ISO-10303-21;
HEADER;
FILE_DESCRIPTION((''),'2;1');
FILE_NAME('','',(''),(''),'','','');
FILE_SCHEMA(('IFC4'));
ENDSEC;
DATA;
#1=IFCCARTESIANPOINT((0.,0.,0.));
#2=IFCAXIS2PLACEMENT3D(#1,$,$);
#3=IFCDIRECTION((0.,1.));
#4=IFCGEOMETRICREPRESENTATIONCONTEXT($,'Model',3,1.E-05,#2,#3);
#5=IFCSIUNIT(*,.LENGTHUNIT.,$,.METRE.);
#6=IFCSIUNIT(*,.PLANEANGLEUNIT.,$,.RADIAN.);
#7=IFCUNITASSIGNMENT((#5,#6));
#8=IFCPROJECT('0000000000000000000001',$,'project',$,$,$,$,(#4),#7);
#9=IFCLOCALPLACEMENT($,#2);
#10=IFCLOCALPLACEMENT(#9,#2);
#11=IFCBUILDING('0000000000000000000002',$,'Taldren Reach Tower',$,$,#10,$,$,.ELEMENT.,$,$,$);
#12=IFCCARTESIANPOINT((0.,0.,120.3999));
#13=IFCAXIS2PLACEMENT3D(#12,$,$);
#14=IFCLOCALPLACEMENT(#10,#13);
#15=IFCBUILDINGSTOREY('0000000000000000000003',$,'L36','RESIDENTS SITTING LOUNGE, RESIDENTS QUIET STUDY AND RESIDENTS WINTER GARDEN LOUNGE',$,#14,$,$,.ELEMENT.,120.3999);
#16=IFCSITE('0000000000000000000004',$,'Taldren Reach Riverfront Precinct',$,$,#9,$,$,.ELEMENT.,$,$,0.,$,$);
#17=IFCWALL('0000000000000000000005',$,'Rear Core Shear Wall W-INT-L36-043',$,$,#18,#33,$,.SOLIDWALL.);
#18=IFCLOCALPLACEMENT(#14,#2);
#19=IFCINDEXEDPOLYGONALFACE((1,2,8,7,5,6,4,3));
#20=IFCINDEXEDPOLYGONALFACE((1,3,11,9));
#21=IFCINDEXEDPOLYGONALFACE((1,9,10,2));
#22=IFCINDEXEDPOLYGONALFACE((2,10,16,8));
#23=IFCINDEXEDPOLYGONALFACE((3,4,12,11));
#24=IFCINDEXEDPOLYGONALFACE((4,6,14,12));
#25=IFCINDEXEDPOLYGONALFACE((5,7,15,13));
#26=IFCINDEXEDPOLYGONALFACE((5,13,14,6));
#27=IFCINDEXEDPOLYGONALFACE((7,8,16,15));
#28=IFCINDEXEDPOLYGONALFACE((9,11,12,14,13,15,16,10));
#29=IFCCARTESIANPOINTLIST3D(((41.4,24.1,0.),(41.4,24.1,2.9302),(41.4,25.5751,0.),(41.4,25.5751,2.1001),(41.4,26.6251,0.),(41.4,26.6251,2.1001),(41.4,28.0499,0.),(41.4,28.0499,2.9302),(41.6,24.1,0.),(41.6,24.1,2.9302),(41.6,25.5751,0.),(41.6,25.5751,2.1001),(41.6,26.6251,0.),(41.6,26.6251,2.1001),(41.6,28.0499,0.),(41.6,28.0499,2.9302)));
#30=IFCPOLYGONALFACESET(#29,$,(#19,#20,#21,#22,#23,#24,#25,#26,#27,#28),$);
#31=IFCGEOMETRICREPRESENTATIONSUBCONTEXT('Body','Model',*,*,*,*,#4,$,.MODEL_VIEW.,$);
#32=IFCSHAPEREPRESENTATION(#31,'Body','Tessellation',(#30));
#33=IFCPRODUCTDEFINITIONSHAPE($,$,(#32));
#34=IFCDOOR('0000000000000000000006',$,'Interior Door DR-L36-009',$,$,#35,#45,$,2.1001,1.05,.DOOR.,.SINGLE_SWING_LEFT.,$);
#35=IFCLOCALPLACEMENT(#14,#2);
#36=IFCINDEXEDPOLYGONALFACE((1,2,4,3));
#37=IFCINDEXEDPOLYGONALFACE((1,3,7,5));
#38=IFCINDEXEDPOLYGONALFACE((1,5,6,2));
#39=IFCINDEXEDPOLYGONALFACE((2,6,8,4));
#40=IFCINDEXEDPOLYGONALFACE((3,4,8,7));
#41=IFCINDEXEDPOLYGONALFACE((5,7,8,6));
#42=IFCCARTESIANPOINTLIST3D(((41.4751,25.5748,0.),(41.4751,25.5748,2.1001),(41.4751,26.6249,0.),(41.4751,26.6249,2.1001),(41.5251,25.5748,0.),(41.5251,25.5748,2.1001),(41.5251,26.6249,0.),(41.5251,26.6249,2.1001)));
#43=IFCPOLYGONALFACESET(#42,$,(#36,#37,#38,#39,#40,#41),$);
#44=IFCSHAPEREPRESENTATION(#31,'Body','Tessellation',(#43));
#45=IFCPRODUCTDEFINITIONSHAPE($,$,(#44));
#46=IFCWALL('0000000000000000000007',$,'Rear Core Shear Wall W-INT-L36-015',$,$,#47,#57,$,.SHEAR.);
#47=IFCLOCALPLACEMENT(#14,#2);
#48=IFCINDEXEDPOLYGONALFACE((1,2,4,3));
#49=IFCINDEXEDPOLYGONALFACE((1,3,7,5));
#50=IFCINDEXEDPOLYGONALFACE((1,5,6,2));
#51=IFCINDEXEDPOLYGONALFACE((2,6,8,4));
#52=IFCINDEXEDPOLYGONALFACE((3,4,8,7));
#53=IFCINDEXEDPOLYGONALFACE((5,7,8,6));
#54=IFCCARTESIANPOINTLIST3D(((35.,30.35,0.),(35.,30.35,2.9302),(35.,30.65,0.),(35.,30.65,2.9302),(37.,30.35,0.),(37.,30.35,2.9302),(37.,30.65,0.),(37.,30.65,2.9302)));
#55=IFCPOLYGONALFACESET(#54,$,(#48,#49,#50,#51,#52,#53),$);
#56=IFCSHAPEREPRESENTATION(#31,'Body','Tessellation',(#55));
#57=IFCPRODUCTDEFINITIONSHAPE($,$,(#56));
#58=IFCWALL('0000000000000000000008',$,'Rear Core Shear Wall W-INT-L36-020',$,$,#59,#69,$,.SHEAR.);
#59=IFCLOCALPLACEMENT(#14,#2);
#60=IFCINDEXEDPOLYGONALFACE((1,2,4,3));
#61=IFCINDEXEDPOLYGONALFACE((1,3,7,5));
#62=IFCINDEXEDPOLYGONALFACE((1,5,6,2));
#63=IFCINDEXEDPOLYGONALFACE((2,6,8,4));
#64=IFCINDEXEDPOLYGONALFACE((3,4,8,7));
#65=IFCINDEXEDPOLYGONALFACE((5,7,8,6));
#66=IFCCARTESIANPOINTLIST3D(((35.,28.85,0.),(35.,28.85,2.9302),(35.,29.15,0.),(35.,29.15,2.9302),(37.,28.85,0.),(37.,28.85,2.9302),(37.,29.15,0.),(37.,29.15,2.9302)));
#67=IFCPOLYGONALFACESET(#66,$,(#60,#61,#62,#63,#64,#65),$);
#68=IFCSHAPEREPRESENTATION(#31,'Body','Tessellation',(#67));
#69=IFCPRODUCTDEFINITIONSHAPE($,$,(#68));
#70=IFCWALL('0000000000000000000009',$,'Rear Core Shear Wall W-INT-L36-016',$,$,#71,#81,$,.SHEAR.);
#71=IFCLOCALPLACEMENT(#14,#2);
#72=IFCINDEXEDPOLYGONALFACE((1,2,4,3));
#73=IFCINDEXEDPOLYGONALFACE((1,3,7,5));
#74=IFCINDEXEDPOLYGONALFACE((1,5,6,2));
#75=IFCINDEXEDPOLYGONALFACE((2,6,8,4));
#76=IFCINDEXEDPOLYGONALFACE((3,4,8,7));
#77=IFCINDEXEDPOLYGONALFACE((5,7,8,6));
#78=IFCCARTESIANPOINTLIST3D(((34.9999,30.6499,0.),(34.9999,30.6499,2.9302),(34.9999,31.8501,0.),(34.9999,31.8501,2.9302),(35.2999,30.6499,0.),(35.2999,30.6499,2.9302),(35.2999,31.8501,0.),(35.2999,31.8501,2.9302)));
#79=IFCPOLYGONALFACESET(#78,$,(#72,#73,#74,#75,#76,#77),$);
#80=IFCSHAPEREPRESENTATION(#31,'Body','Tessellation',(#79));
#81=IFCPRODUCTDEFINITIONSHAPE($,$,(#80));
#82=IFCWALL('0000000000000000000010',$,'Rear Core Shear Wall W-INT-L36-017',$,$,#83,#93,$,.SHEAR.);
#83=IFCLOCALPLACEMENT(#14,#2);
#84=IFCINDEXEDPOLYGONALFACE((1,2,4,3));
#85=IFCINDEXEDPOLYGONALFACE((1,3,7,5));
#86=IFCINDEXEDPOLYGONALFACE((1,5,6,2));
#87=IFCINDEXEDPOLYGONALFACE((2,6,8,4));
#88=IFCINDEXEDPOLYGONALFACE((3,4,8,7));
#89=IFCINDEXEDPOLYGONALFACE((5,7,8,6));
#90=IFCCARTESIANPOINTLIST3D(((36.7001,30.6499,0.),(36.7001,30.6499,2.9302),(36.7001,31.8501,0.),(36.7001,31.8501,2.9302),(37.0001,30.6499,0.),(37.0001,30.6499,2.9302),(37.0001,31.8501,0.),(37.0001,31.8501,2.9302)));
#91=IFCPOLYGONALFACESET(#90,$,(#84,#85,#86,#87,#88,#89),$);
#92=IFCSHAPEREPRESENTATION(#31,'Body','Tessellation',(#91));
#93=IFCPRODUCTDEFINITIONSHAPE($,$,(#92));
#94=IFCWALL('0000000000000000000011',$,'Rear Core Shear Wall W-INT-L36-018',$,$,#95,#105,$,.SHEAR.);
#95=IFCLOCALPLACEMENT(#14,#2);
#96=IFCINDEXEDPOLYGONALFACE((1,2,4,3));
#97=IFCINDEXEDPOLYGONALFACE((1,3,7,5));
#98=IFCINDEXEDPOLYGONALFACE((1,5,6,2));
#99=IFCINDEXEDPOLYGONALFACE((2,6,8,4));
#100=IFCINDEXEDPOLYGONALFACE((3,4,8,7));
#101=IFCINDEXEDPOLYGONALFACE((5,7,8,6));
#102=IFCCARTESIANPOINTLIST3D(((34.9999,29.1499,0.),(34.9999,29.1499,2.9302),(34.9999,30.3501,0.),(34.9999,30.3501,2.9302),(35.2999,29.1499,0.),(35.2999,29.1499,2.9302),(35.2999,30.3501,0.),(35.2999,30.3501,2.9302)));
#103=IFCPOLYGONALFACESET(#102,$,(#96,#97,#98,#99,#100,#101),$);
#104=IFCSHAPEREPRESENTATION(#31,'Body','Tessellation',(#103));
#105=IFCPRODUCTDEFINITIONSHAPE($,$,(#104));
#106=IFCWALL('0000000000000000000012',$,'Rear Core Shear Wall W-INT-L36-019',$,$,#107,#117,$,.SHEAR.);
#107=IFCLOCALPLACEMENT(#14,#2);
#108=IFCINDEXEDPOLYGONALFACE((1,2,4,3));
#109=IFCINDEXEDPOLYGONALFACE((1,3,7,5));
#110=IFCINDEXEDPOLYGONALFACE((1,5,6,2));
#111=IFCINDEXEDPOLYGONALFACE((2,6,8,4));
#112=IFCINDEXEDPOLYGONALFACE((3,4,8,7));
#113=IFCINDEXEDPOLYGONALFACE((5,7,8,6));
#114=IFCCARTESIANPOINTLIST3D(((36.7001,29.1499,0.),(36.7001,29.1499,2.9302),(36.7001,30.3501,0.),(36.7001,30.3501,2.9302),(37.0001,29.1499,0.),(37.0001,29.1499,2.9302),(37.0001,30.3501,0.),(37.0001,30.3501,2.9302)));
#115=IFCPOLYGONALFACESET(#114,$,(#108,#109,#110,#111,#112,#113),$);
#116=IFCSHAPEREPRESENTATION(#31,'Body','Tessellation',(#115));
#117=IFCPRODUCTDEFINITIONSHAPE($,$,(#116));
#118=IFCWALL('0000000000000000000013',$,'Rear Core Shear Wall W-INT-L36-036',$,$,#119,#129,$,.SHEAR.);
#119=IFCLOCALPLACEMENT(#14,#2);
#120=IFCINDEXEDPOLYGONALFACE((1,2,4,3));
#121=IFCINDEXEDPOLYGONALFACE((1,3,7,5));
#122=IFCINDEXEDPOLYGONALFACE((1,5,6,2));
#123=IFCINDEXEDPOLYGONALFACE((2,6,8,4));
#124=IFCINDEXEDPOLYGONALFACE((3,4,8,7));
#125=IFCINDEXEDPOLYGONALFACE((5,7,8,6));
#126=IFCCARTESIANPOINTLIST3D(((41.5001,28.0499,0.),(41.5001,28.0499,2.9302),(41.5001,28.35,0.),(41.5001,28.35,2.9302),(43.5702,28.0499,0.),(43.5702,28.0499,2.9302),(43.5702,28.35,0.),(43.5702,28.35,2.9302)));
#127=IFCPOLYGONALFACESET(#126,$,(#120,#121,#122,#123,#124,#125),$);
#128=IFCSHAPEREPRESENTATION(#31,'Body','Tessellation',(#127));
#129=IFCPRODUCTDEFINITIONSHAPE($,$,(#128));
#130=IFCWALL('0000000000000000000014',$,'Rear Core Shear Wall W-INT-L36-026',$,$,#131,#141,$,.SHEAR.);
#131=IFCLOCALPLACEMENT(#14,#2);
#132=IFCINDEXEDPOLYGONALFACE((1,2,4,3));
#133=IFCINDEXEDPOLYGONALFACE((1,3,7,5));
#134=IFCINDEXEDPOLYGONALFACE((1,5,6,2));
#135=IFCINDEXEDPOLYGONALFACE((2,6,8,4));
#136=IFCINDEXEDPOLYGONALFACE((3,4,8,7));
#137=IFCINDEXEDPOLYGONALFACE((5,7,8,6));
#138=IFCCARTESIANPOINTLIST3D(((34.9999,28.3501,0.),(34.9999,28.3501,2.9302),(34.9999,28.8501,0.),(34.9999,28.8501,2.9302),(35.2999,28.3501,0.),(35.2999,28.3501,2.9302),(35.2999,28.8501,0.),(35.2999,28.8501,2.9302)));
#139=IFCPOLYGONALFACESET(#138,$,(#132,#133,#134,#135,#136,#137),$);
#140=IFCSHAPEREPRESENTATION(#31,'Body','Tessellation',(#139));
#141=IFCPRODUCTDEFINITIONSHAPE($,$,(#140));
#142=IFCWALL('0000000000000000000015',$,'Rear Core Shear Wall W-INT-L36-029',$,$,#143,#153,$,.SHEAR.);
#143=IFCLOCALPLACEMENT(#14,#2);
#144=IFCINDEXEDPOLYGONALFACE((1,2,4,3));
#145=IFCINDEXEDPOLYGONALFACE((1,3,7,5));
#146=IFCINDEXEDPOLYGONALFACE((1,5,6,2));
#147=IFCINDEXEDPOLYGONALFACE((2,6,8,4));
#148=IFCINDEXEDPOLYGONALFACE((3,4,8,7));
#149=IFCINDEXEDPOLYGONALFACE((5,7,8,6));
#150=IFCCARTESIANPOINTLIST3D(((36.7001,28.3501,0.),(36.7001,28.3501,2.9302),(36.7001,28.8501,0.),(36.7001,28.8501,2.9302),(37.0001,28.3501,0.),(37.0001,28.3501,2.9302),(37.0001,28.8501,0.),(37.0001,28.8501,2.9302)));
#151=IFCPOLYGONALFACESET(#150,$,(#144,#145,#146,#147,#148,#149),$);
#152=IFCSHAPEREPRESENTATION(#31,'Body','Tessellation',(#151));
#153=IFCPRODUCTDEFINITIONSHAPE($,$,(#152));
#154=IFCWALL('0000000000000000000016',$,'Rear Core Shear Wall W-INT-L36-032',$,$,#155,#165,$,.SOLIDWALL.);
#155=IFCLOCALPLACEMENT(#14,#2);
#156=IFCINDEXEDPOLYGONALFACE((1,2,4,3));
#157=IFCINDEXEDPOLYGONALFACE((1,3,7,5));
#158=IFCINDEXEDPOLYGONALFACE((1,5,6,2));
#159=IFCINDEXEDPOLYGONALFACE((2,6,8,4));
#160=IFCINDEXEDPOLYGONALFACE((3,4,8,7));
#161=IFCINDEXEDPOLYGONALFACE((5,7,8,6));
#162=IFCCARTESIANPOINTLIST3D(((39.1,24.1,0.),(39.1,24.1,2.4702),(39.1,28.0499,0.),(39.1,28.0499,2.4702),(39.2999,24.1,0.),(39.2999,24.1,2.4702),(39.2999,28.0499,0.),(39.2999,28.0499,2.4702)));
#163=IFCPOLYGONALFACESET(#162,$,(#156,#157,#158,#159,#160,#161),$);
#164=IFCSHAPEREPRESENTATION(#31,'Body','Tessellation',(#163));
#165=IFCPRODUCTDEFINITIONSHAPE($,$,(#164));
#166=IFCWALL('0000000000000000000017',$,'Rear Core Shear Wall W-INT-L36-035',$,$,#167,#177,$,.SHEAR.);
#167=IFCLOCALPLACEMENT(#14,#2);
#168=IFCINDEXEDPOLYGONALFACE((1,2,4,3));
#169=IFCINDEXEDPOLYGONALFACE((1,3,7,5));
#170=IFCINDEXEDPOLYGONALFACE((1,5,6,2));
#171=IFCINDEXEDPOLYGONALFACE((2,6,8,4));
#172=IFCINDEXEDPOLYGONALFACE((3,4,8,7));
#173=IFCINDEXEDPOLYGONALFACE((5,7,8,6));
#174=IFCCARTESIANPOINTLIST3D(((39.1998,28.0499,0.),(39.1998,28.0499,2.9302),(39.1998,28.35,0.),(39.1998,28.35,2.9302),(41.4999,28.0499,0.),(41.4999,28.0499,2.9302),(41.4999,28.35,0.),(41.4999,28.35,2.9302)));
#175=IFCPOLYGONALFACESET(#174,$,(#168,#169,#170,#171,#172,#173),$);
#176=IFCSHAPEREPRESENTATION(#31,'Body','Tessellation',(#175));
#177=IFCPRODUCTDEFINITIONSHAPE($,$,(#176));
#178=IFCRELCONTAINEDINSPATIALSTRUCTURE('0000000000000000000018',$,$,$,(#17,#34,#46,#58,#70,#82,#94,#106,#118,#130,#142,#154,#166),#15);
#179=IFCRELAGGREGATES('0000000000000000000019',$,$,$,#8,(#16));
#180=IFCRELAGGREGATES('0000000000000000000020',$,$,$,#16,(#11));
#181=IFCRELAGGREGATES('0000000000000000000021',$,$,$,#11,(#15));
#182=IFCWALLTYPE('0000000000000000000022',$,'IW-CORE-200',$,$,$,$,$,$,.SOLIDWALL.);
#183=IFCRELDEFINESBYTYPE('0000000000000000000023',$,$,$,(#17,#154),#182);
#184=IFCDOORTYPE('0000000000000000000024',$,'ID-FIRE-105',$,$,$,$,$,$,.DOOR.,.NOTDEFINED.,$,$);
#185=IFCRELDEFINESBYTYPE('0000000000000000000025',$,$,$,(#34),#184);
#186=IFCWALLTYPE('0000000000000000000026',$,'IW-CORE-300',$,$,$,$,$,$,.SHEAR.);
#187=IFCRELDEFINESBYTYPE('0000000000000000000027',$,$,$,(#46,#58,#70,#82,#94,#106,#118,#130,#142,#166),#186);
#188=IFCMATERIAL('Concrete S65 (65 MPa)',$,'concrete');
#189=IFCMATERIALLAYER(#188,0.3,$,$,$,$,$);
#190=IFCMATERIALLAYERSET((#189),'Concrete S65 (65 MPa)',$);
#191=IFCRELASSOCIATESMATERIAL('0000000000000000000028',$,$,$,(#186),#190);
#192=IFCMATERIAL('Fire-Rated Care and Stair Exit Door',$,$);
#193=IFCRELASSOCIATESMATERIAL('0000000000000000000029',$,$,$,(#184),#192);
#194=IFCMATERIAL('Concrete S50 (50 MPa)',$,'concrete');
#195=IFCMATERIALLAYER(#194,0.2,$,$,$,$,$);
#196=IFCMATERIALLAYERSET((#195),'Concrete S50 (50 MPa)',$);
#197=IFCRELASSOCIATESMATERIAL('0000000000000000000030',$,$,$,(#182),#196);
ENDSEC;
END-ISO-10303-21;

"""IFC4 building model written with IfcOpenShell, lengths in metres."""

from ifc_helpers import new_model, si_unit, direction, frame, frame_2d, origin, place, context, subcontext, project, spatial, rectangle, extrude, source, transform, mapped, material, layer, layer_set, type_object, element, fill, save


model = new_model("IFC4")

# Units and contexts
model_context = context("Model", 3, precision=1e-05, world=origin(), true_north=direction((0.0, 1.0)))
body_context = subcontext(model_context, "Body", "Model", "MODEL_VIEW")
ifc_project = project(units=[si_unit("LENGTHUNIT", "METRE"), si_unit("PLANEANGLEUNIT", "RADIAN")], contexts=[model_context])

# Site, building, storey
site_placement = place(None, origin())
site = spatial("IfcSite", under=ifc_project, at=site_placement, Name="Taldren Reach Riverfront Precinct", CompositionType="ELEMENT", RefElevation=0.0)
building_placement = place(site_placement, origin())
building = spatial("IfcBuilding", under=site, at=building_placement, Name="Taldren Reach Tower", CompositionType="ELEMENT")
storey_placement = place(building_placement, frame((0.0, 0.0, 120.3999)))
storey = spatial("IfcBuildingStorey", under=building, at=storey_placement, Name="L36", Description="RESIDENTS SITTING LOUNGE, RESIDENTS QUIET STUDY AND RESIDENTS WINTER GARDEN LOUNGE", CompositionType="ELEMENT", Elevation=120.3999)

# Shared definitions
ifc_material_1 = material(Name="Concrete S65 (65 MPa)", Category="concrete")
ifc_layer_1 = layer(ifc_material_1, 0.3)
ifc_layer_set_1 = layer_set([ifc_layer_1], Name="Concrete S65 (65 MPa)")
wall_type_1 = type_object("IfcWallType", Name="IW-CORE-300", PredefinedType="SHEAR", material=ifc_layer_set_1)

# Shared definitions
ifc_material_2 = material(Name="Fire-Rated Care and Stair Exit Door")
door_type_1 = type_object("IfcDoorType", Name="ID-FIRE-105", OperationType="NOTDEFINED", PredefinedType="DOOR", material=ifc_material_2)
shared_shape_1 = source(origin(), body_context, "Body", "SweptSolid", [
    extrude(rectangle(XDim=1.05, YDim=2.1001, at=frame_2d((0.5249, 1.05))), frame((0.0, 0.0249, 0.0), z_axis=(0.0, -1.0, 0.0), x_axis=(1.0, 0.0, 0.0)), (0.0, 0.0, 1.0), 0.05),
])

# Shared definitions
ifc_material_3 = material(Name="Concrete S50 (50 MPa)", Category="concrete")
ifc_layer_2 = layer(ifc_material_3, 0.2)
ifc_layer_set_2 = layer_set([ifc_layer_2], Name="Concrete S50 (50 MPa)")
wall_type_2 = type_object("IfcWallType", Name="IW-CORE-200", PredefinedType="SOLIDWALL", material=ifc_layer_set_2)
shared_shape_2 = source(origin(), body_context, "Body", "SweptSolid", [
    extrude(rectangle(XDim=3.95, YDim=0.2, at=frame_2d((1.9751, 0.0))), origin(), (0.0, 0.0, 1.0), 2.9302),
])

# Wall, opening, door
wall_1_placement = place(storey_placement, frame((41.5, 28.05, 0.0), z_axis=(0.0, 0.0, 1.0), x_axis=(0.0, -1.0, 0.0)))
wall_1 = element("IfcWall", 1, at=wall_1_placement, inside=storey, type_object=wall_type_2, Name="Rear Core Shear Wall W-INT-L36-043", PredefinedType="SOLIDWALL", context=body_context, shape_type="MappedRepresentation", body=[
    mapped(shared_shape_2, transform((0.0, 0.0, 0.0), scale=1.0)),
])
shared_shape_3 = source(origin(), body_context, "Body", "SweptSolid", [
    extrude(rectangle(XDim=1.05, YDim=2.1001, at=frame_2d((0.5249, 1.05))), frame((0.0, 0.1099, 0.0), z_axis=(0.0, -1.0, 0.0), x_axis=(1.0, 0.0, 0.0)), (0.0, 0.0, 1.0), 0.22),
])
opening_1_placement = place(wall_1_placement, frame((1.425, 0.0, 0.0)))
opening_1 = element("IfcOpeningElement", 2, at=opening_1_placement, cuts=wall_1, PredefinedType="OPENING", context=body_context, shape_type="MappedRepresentation", body=[
    mapped(shared_shape_3, transform((0.0, 0.0, 0.0), scale=1.0)),
])
door_1_placement = place(opening_1_placement, frame((1.05, 0.0, 0.0), z_axis=(0.0, 0.0, 1.0), x_axis=(-1.0, 0.0, 0.0)))
door_1 = element("IfcDoor", 3, at=door_1_placement, inside=storey, type_object=door_type_1, Name="Interior Door DR-L36-009", OperationType="SINGLE_SWING_LEFT", OverallHeight=2.1001, OverallWidth=1.05, PredefinedType="DOOR", context=body_context, shape_type="MappedRepresentation", body=[
    mapped(shared_shape_1, transform((0.0, 0.0, 0.0), scale=1.0)),
])
fill(opening_1, door_1)

# Walls
shared_shape_4 = source(origin(), body_context, "Body", "SweptSolid", [
    extrude(rectangle(XDim=2.0, YDim=0.3, at=frame_2d((1.0, 0.0))), origin(), (0.0, 0.0, 1.0), 2.9302),
])
for number, where, z_axis, x_axis, name in (
    (4, (35.0, 30.5, 0.0), (0.0, 0.0, 1.0), (1.0, 0.0, 0.0), "Rear Core Shear Wall W-INT-L36-015"),
    (5, (35.0, 29.0, 0.0), (0.0, 0.0, 1.0), (1.0, 0.0, 0.0), "Rear Core Shear Wall W-INT-L36-020"),
):
    element("IfcWall", number, at=place(storey_placement, frame(where, z_axis=z_axis, x_axis=x_axis)), inside=storey, type_object=wall_type_1, Name=name, PredefinedType="SHEAR", context=body_context, shape_type="MappedRepresentation", body=[
        mapped(shared_shape_4, transform((0.0, 0.0, 0.0), scale=1.0)),
    ])
shared_shape_5 = source(origin(), body_context, "Body", "SweptSolid", [
    extrude(rectangle(XDim=1.2002, YDim=0.3, at=frame_2d((0.6001, 0.0))), origin(), (0.0, 0.0, 1.0), 2.9302),
])
for number, where, z_axis, x_axis, name in (
    (6, (35.1499, 31.8501, 0.0), (0.0, 0.0, 1.0), (0.0, -1.0, 0.0), "Rear Core Shear Wall W-INT-L36-016"),
    (7, (36.8501, 30.6499, 0.0), (0.0, 0.0, 1.0), (0.0, 1.0, 0.0), "Rear Core Shear Wall W-INT-L36-017"),
    (8, (35.1499, 30.3501, 0.0), (0.0, 0.0, 1.0), (0.0, -1.0, 0.0), "Rear Core Shear Wall W-INT-L36-018"),
    (9, (36.8501, 29.1499, 0.0), (0.0, 0.0, 1.0), (0.0, 1.0, 0.0), "Rear Core Shear Wall W-INT-L36-019"),
):
    element("IfcWall", number, at=place(storey_placement, frame(where, z_axis=z_axis, x_axis=x_axis)), inside=storey, type_object=wall_type_1, Name=name, PredefinedType="SHEAR", context=body_context, shape_type="MappedRepresentation", body=[
        mapped(shared_shape_5, transform((0.0, 0.0, 0.0), scale=1.0)),
    ])
shared_shape_6 = source(origin(), body_context, "Body", "SweptSolid", [
    extrude(rectangle(XDim=2.0701, YDim=0.3, at=frame_2d((1.0352, 0.0))), origin(), (0.0, 0.0, 1.0), 2.9302),
])
wall_2_placement = place(storey_placement, frame((41.5, 28.2, 0.0), z_axis=(0.0, 0.0, 1.0), x_axis=(1.0, 0.0, 0.0)))
element("IfcWall", 10, at=wall_2_placement, inside=storey, type_object=wall_type_1, Name="Rear Core Shear Wall W-INT-L36-036", PredefinedType="SHEAR", context=body_context, shape_type="MappedRepresentation", body=[
    mapped(shared_shape_6, transform((0.0, 0.0, 0.0), scale=1.0)),
])
shared_shape_7 = source(origin(), body_context, "Body", "SweptSolid", [
    extrude(rectangle(XDim=0.5, YDim=0.3, at=frame_2d((0.25, 0.0))), origin(), (0.0, 0.0, 1.0), 2.9302),
])
for number, where, z_axis, x_axis, name in (
    (11, (35.1499, 28.3501, 0.0), (0.0, 0.0, 1.0), (0.0, 1.0, 0.0), "Rear Core Shear Wall W-INT-L36-026"),
    (12, (36.8501, 28.8501, 0.0), (0.0, 0.0, 1.0), (0.0, -1.0, 0.0), "Rear Core Shear Wall W-INT-L36-029"),
):
    element("IfcWall", number, at=place(storey_placement, frame(where, z_axis=z_axis, x_axis=x_axis)), inside=storey, type_object=wall_type_1, Name=name, PredefinedType="SHEAR", context=body_context, shape_type="MappedRepresentation", body=[
        mapped(shared_shape_7, transform((0.0, 0.0, 0.0), scale=1.0)),
    ])

# Walls
shared_shape_8 = source(origin(), body_context, "Body", "SweptSolid", [
    extrude(rectangle(XDim=3.95, YDim=0.2, at=frame_2d((1.9751, 0.0))), origin(), (0.0, 0.0, 1.0), 2.4702),
])
wall_3_placement = place(storey_placement, frame((39.2, 28.05, 0.0), z_axis=(0.0, 0.0, 1.0), x_axis=(0.0, -1.0, 0.0)))
element("IfcWall", 13, at=wall_3_placement, inside=storey, type_object=wall_type_2, Name="Rear Core Shear Wall W-INT-L36-032", PredefinedType="SOLIDWALL", context=body_context, shape_type="MappedRepresentation", body=[
    mapped(shared_shape_8, transform((0.0, 0.0, 0.0), scale=1.0)),
])
shared_shape_9 = source(origin(), body_context, "Body", "SweptSolid", [
    extrude(rectangle(XDim=2.3, YDim=0.3, at=frame_2d((1.1499, 0.0))), origin(), (0.0, 0.0, 1.0), 2.9302),
])
wall_4_placement = place(storey_placement, frame((39.2, 28.2, 0.0), z_axis=(0.0, 0.0, 1.0), x_axis=(1.0, 0.0, 0.0)))
element("IfcWall", 14, at=wall_4_placement, inside=storey, type_object=wall_type_1, Name="Rear Core Shear Wall W-INT-L36-035", PredefinedType="SHEAR", context=body_context, shape_type="MappedRepresentation", body=[
    mapped(shared_shape_9, transform((0.0, 0.0, 0.0), scale=1.0)),
])

save(model, "model.ifc")
